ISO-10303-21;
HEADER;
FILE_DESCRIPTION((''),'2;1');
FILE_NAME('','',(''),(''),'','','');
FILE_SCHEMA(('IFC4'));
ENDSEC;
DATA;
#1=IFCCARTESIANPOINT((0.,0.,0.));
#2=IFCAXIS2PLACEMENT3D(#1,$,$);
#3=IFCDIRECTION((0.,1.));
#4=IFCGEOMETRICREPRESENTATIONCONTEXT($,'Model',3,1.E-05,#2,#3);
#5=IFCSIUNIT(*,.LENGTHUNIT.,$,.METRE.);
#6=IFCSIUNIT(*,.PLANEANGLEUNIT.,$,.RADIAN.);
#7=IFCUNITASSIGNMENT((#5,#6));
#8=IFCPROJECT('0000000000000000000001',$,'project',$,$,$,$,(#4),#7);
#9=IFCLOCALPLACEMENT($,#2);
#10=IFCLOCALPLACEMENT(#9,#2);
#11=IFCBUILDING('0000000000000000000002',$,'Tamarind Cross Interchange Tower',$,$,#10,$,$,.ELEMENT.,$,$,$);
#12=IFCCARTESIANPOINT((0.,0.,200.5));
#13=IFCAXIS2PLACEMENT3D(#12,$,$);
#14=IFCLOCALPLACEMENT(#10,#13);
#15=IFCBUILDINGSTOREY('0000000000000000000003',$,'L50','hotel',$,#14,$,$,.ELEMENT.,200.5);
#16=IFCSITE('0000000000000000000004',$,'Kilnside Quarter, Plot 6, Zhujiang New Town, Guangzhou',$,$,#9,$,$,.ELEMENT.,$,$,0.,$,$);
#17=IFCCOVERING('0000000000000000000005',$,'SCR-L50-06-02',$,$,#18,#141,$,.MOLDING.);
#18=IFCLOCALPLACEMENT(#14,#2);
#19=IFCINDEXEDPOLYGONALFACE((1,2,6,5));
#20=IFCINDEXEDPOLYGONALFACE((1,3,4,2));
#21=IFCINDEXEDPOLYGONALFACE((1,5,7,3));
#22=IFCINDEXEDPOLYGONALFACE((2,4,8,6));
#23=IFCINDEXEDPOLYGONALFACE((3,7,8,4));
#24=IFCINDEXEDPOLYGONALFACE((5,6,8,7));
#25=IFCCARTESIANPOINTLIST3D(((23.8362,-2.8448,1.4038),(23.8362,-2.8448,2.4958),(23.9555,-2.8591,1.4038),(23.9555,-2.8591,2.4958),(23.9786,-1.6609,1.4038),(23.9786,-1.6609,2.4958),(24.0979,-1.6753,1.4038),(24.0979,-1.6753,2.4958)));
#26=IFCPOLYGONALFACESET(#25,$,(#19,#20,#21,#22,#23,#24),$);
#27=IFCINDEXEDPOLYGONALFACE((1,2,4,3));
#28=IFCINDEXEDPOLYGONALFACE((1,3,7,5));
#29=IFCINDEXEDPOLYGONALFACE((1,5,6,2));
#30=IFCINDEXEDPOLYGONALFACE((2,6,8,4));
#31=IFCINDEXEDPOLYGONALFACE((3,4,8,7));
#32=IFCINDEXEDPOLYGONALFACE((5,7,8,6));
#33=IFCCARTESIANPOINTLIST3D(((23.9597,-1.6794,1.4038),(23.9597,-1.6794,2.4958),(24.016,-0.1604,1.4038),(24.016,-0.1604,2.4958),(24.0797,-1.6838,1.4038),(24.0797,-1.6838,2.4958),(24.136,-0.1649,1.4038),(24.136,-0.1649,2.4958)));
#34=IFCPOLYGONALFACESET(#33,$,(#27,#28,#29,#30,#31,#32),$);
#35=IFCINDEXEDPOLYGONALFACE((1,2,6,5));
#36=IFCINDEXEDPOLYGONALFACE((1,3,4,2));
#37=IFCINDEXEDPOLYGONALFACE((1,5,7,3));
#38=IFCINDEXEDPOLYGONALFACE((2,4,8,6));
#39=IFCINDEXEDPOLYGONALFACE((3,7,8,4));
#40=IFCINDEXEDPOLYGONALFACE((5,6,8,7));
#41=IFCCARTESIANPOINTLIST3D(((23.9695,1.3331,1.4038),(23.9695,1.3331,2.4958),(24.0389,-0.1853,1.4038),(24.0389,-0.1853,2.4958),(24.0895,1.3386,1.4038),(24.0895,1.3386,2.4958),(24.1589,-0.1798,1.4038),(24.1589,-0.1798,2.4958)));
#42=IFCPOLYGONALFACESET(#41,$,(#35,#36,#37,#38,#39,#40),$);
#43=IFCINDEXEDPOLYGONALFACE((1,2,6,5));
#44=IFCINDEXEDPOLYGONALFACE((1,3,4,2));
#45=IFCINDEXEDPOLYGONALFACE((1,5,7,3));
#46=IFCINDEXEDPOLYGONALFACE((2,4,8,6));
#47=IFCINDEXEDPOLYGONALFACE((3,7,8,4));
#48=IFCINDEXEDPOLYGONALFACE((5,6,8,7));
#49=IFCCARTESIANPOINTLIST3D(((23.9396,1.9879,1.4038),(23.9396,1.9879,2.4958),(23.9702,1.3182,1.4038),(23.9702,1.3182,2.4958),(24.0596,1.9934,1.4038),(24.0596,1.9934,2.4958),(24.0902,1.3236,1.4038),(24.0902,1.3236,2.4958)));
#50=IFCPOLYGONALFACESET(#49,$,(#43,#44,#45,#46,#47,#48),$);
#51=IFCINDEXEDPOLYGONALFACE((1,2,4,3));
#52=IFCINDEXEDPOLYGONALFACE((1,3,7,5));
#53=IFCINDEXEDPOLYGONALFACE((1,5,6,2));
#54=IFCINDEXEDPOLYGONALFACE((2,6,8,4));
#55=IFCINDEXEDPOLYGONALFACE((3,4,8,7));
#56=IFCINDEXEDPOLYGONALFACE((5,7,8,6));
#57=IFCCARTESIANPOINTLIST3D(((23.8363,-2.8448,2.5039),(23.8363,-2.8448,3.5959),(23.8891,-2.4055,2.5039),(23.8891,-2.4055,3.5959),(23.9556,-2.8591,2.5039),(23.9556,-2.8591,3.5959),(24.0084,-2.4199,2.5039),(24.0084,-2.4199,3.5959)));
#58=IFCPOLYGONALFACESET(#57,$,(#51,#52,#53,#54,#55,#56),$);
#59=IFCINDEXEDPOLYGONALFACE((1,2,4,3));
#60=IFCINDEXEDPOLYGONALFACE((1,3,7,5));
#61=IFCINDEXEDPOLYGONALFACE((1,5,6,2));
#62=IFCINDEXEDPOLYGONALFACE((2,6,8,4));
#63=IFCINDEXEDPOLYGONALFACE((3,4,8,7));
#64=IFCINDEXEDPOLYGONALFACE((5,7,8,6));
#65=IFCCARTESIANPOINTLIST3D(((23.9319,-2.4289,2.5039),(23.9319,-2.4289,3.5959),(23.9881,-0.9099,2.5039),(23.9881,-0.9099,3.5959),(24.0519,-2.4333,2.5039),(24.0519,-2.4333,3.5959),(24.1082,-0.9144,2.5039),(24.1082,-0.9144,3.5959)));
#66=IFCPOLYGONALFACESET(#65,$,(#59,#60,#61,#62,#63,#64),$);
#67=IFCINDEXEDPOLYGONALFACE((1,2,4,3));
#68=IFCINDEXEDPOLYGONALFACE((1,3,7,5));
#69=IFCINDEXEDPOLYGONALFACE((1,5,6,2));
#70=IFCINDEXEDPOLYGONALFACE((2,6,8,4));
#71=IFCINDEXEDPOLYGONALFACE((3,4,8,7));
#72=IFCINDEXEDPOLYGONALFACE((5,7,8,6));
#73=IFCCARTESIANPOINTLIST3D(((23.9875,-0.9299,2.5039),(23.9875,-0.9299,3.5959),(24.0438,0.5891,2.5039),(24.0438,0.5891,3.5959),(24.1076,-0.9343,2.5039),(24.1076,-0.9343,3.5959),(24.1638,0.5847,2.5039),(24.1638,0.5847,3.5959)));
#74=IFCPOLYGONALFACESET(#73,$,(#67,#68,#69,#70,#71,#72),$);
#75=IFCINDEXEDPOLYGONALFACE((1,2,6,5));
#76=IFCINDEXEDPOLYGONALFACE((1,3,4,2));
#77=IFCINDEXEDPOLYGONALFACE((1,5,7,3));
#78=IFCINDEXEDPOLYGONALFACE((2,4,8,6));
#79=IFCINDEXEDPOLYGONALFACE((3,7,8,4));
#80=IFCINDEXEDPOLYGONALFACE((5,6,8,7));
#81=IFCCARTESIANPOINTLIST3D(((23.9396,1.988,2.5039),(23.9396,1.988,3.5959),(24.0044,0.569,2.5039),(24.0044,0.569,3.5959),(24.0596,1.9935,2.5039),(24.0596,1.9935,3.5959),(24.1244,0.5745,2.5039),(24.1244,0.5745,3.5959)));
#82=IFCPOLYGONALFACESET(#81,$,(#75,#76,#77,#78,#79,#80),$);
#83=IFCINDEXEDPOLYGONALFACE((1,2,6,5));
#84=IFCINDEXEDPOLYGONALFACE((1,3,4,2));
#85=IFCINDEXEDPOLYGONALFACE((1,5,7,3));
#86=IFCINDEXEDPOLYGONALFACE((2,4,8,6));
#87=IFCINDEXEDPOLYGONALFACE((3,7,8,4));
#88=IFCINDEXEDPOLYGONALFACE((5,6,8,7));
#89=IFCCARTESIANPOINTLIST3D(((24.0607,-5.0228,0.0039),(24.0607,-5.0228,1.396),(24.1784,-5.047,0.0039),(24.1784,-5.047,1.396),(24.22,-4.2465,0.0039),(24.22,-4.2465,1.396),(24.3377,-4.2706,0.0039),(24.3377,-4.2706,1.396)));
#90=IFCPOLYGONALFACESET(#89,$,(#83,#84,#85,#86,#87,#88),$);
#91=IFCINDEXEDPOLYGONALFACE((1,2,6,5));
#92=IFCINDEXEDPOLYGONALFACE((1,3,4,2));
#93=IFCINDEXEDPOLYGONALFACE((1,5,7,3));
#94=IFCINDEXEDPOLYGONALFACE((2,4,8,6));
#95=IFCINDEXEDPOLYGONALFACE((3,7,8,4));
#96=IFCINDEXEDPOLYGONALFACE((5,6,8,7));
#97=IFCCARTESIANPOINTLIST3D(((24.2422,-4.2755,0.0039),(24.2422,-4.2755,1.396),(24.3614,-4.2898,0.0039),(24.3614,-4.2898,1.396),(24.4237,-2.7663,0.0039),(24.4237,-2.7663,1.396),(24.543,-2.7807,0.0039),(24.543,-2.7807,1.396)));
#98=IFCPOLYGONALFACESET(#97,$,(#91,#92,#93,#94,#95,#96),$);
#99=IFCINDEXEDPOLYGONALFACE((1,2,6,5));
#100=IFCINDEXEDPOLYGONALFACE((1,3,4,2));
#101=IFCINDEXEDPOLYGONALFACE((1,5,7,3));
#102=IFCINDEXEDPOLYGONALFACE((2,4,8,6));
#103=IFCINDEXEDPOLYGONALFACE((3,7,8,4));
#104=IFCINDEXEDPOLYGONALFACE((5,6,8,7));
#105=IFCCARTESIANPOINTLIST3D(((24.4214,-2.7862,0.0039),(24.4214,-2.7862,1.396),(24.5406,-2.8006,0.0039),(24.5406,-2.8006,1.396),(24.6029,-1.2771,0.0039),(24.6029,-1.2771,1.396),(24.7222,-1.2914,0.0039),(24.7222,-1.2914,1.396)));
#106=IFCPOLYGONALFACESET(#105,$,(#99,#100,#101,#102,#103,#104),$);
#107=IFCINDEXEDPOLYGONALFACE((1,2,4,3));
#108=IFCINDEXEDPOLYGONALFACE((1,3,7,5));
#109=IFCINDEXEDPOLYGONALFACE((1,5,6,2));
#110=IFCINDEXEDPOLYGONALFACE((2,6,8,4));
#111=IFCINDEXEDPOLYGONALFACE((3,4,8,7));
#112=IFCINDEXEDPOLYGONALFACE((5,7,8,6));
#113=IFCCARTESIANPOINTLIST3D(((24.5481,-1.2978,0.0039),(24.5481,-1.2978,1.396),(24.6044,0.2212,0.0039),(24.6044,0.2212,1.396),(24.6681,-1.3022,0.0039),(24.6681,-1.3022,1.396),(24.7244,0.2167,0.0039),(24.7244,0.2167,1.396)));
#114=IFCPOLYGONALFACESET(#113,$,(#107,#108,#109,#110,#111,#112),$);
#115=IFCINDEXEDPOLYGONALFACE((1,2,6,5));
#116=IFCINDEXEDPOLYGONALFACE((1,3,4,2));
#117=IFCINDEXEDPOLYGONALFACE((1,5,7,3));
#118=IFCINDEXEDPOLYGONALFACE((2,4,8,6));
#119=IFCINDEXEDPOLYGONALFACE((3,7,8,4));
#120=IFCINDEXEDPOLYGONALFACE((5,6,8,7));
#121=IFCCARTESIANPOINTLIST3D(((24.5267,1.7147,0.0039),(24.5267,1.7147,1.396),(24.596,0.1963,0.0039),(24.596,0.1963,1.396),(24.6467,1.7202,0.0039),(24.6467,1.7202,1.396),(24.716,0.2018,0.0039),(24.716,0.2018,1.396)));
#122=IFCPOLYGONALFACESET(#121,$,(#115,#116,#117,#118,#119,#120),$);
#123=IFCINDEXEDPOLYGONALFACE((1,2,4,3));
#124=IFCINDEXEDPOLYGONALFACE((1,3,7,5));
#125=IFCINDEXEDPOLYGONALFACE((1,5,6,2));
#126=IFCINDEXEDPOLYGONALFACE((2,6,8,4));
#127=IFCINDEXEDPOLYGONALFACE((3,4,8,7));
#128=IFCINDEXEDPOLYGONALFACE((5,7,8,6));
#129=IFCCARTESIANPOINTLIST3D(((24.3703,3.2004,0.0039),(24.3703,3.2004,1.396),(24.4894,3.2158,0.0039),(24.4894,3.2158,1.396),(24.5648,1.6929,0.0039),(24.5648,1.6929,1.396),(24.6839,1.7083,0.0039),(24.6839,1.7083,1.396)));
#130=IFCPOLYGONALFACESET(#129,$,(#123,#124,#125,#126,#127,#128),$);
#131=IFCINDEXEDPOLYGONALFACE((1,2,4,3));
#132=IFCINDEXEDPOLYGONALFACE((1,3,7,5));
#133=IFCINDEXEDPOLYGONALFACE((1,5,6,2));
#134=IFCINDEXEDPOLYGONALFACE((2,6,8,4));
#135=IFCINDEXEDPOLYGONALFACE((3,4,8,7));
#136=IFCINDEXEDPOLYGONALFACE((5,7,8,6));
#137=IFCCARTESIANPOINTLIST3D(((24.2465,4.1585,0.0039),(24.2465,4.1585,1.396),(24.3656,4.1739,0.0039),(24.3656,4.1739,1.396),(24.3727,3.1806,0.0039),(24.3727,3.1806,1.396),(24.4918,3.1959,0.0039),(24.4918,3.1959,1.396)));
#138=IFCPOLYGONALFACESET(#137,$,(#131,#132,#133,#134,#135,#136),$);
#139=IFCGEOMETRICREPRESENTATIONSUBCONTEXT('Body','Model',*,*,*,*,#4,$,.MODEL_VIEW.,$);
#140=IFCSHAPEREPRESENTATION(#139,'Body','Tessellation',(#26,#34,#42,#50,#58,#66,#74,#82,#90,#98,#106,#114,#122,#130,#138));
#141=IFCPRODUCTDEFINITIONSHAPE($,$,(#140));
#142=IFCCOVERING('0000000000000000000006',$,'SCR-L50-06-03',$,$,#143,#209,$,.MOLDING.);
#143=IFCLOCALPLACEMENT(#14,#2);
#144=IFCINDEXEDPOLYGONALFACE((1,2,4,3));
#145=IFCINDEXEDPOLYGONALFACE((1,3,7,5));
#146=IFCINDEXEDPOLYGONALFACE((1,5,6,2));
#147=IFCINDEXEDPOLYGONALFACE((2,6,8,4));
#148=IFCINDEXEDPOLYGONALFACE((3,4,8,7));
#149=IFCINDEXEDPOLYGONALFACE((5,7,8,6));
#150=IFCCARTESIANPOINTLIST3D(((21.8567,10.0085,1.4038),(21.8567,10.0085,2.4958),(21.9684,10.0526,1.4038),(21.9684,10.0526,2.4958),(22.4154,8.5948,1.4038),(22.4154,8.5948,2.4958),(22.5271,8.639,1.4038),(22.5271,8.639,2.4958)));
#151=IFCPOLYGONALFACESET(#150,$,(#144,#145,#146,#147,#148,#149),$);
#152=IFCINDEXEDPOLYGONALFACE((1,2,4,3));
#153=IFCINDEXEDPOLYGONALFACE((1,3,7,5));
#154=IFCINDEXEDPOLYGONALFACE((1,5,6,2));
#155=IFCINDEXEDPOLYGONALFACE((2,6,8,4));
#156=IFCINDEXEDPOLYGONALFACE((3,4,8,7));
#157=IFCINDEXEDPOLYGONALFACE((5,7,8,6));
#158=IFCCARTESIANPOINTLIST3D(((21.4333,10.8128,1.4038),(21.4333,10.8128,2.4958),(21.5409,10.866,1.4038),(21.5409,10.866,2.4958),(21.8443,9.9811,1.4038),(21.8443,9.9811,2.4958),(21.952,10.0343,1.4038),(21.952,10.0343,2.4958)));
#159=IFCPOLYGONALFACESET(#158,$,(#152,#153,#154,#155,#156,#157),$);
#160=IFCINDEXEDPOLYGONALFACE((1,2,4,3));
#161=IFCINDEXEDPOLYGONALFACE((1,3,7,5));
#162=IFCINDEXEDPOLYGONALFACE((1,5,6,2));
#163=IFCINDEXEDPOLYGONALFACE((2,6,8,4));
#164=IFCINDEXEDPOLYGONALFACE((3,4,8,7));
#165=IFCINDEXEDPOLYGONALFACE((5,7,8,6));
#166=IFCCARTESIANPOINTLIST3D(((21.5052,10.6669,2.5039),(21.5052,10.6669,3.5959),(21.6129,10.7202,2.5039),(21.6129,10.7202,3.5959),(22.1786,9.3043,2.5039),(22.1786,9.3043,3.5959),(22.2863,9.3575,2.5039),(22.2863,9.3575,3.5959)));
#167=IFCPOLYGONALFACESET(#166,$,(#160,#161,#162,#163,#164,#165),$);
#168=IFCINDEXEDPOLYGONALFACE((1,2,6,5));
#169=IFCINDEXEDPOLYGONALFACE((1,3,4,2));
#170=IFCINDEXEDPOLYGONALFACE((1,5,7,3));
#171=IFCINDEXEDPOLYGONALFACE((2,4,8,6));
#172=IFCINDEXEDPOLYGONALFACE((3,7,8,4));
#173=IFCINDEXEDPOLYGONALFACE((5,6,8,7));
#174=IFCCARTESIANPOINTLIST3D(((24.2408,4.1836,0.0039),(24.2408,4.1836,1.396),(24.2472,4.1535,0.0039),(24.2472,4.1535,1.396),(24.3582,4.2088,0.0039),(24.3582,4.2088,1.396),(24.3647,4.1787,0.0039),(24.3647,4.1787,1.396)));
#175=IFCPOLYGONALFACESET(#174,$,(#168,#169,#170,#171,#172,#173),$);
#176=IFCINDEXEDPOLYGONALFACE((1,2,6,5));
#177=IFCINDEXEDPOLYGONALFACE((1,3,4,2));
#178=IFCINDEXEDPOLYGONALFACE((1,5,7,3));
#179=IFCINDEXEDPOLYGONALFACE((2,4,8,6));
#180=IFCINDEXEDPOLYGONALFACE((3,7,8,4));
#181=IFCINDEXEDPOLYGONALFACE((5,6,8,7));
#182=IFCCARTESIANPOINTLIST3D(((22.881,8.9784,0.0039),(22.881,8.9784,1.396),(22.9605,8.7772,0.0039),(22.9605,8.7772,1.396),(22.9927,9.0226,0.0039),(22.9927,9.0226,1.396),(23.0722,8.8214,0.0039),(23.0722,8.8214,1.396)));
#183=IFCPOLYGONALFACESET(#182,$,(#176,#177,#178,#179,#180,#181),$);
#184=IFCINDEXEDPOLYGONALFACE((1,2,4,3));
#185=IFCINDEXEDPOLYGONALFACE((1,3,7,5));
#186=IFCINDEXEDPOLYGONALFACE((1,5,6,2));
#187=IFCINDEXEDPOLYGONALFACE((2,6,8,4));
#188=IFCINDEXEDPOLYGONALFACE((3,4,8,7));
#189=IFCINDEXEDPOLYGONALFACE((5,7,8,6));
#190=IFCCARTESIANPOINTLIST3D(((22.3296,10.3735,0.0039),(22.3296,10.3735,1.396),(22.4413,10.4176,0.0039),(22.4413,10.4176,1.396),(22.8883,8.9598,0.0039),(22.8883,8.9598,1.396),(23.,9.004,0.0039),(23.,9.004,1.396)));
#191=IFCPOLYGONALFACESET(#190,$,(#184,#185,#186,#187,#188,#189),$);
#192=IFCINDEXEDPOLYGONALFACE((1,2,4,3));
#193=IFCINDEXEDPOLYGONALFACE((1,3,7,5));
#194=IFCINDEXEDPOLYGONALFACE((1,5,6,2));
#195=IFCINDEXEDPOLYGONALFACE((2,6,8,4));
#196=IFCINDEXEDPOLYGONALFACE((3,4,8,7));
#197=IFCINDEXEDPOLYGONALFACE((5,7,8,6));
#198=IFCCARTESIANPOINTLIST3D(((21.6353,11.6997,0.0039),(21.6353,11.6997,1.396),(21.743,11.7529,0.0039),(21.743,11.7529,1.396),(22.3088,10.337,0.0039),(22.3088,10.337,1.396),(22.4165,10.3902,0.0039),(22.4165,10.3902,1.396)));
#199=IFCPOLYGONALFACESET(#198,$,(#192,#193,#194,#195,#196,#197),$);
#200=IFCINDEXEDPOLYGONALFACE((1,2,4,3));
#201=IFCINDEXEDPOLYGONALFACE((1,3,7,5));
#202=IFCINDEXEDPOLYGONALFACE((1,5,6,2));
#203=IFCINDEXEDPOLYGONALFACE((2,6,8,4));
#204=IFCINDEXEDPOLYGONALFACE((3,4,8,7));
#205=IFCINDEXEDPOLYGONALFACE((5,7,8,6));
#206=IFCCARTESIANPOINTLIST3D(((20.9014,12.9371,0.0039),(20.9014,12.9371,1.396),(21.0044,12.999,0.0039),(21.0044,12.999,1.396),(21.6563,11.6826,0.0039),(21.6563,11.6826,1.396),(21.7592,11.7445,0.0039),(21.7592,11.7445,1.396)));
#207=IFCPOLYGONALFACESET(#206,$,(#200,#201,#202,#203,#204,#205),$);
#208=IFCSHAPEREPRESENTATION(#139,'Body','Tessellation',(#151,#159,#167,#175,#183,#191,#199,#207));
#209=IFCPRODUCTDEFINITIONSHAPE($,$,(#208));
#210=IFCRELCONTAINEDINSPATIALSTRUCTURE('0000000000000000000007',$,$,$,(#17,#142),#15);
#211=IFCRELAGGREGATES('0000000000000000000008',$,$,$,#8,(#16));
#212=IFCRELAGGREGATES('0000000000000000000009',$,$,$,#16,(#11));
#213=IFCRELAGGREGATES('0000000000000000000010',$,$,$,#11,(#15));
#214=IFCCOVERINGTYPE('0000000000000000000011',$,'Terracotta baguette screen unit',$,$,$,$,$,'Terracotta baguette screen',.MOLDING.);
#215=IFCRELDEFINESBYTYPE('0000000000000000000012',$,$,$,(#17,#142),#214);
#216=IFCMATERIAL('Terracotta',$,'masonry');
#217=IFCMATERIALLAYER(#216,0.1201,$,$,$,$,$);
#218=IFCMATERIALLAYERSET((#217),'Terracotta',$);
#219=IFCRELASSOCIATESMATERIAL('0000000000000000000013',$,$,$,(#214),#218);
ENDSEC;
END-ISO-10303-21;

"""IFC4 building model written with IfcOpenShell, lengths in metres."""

from ifc_helpers import new_model, si_unit, direction, frame, origin, origin_2d, place, context, subcontext, project, spatial, rectangle, extrude, material, layer, layer_set, type_object, element, save


model = new_model("IFC4")

# Units and contexts
model_context = context("Model", 3, precision=1e-05, world=origin(), true_north=direction((0.0, 1.0)))
body_context = subcontext(model_context, "Body", "Model", "MODEL_VIEW")
ifc_project = project(units=[si_unit("LENGTHUNIT", "METRE"), si_unit("PLANEANGLEUNIT", "RADIAN")], contexts=[model_context])

# Site, building, storey
site_placement = place(None, origin())
site = spatial("IfcSite", under=ifc_project, at=site_placement, Name="Kilnside Quarter, Plot 6, Zhujiang New Town, Guangzhou", CompositionType="ELEMENT", RefElevation=0.0)
building_placement = place(site_placement, origin())
building = spatial("IfcBuilding", under=site, at=building_placement, Name="Tamarind Cross Interchange Tower", CompositionType="ELEMENT")
storey_placement = place(building_placement, frame((0.0, 0.0, 200.5)))
storey = spatial("IfcBuildingStorey", under=building, at=storey_placement, Name="L50", Description="hotel", CompositionType="ELEMENT", Elevation=200.5)

# Coverings
ifc_material_1 = material(Name="Terracotta", Category="masonry")
ifc_layer_1 = layer(ifc_material_1, 0.1201)
ifc_layer_set_1 = layer_set([ifc_layer_1], Name="Terracotta")
covering_type = type_object("IfcCoveringType", Name="Terracotta baguette screen unit", ElementType="Terracotta baguette screen", PredefinedType="MOLDING", material=ifc_layer_set_1)
covering_1_placement = place(storey_placement, origin())
element("IfcCovering", 1, at=covering_1_placement, inside=storey, type_object=covering_type, Name="SCR-L50-06-02", PredefinedType="MOLDING", context=body_context, shape_type="SweptSolid", body=[
    extrude(rectangle(XDim=1.1924, YDim=0.1201, at=origin_2d()), frame((23.967, -2.26, 1.4038), z_axis=(0.0, 0.0, 1.0), x_axis=(0.119421, 0.992844, 0.0)), (0.0, 0.0, 1.0), 1.092),
    extrude(rectangle(XDim=1.52, YDim=0.1201, at=origin_2d()), frame((24.0479, -0.9221, 1.4038), z_axis=(0.0, 0.0, 1.0), x_axis=(0.037025, 0.999314, 0.0)), (0.0, 0.0, 1.0), 1.092),
    extrude(rectangle(XDim=1.52, YDim=0.1201, at=origin_2d()), frame((24.0642, 0.5767, 1.4038), z_axis=(0.0, 0.0, 1.0), x_axis=(-0.045624, 0.998959, 0.0)), (0.0, 0.0, 1.0), 1.092),
    extrude(rectangle(XDim=0.6704, YDim=0.1201, at=origin_2d()), frame((24.0149, 1.6558, 1.4038), z_axis=(0.0, 0.0, 1.0), x_axis=(-0.045624, 0.998959, 0.0)), (0.0, 0.0, 1.0), 1.092),
    extrude(rectangle(XDim=0.4424, YDim=0.1201, at=origin_2d()), frame((23.9224, -2.6323, 2.5039), z_axis=(0.0, 0.0, 1.0), x_axis=(0.119421, 0.992844, 0.0)), (0.0, 0.0, 1.0), 1.092),
    extrude(rectangle(XDim=1.52, YDim=0.1201, at=origin_2d()), frame((24.02, -1.6716, 2.5039), z_axis=(0.0, 0.0, 1.0), x_axis=(0.037025, 0.999314, 0.0)), (0.0, 0.0, 1.0), 1.092),
    extrude(rectangle(XDim=1.52, YDim=0.1201, at=origin_2d()), frame((24.0757, -0.1726, 2.5039), z_axis=(0.0, 0.0, 1.0), x_axis=(0.037025, 0.999314, 0.0)), (0.0, 0.0, 1.0), 1.092),
    extrude(rectangle(XDim=1.4204, YDim=0.1201, at=origin_2d()), frame((24.032, 1.2812, 2.5039), z_axis=(0.0, 0.0, 1.0), x_axis=(-0.045624, 0.998959, 0.0)), (0.0, 0.0, 1.0), 1.092),
    extrude(rectangle(XDim=0.7925, YDim=0.1201, at=origin_2d()), frame((24.1992, -4.6467, 0.0039), z_axis=(0.0, 0.0, 1.0), x_axis=(0.201001, 0.979591, 0.0)), (0.0, 0.0, 1.0), 1.3921),
    extrude(rectangle(XDim=1.52, YDim=0.1201, at=origin_2d()), frame((24.3926, -3.5281, 0.0039), z_axis=(0.0, 0.0, 1.0), x_axis=(0.119421, 0.992844, 0.0)), (0.0, 0.0, 1.0), 1.3921),
    extrude(rectangle(XDim=1.52, YDim=0.1201, at=origin_2d()), frame((24.5718, -2.0388, 0.0039), z_axis=(0.0, 0.0, 1.0), x_axis=(0.119421, 0.992844, 0.0)), (0.0, 0.0, 1.0), 1.3921),
    extrude(rectangle(XDim=1.52, YDim=0.1201, at=origin_2d()), frame((24.6362, -0.5405, 0.0039), z_axis=(0.0, 0.0, 1.0), x_axis=(0.037025, 0.999314, 0.0)), (0.0, 0.0, 1.0), 1.3921),
    extrude(rectangle(XDim=1.52, YDim=0.1201, at=origin_2d()), frame((24.6213, 0.9583, 0.0039), z_axis=(0.0, 0.0, 1.0), x_axis=(-0.045624, 0.998959, 0.0)), (0.0, 0.0, 1.0), 1.3921),
    extrude(rectangle(XDim=1.52, YDim=0.1201, at=origin_2d()), frame((24.5271, 2.4543, 0.0039), z_axis=(0.0, 0.0, 1.0), x_axis=(-0.127962, 0.991779, 0.0)), (0.0, 0.0, 1.0), 1.3921),
    extrude(rectangle(XDim=0.9861, YDim=0.1201, at=origin_2d()), frame((24.3691, 3.6772, 0.0039), z_axis=(0.0, 0.0, 1.0), x_axis=(-0.127962, 0.991779, 0.0)), (0.0, 0.0, 1.0), 1.3921),
])
covering_2_placement = place(storey_placement, origin())
element("IfcCovering", 2, at=covering_2_placement, inside=storey, type_object=covering_type, Name="SCR-L50-06-03", PredefinedType="MOLDING", context=body_context, shape_type="SweptSolid", body=[
    extrude(rectangle(XDim=1.52, YDim=0.1201, at=origin_2d()), frame((22.1919, 9.3237, 1.4038), z_axis=(0.0, 0.0, 1.0), x_axis=(-0.367514, 0.930018, 0.0)), (0.0, 0.0, 1.0), 1.092),
    extrude(rectangle(XDim=0.9277, YDim=0.1201, at=origin_2d()), frame((21.6926, 10.4236, 1.4038), z_axis=(0.0, 0.0, 1.0), x_axis=(-0.443059, 0.896493, 0.0)), (0.0, 0.0, 1.0), 1.092),
    extrude(rectangle(XDim=1.52, YDim=0.1201, at=origin_2d()), frame((21.8958, 10.0122, 2.5039), z_axis=(0.0, 0.0, 1.0), x_axis=(-0.443059, 0.896493, 0.0)), (0.0, 0.0, 1.0), 1.092),
    extrude(rectangle(XDim=0.0308, YDim=0.1201, at=origin_2d()), frame((24.3027, 4.1812, 0.0039), z_axis=(0.0, 0.0, 1.0), x_axis=(-0.209425, 0.977825, 0.0)), (0.0, 0.0, 1.0), 1.3921),
    extrude(rectangle(XDim=0.2163, YDim=0.1201, at=origin_2d()), frame((22.9766, 8.8999, 0.0039), z_axis=(0.0, 0.0, 1.0), x_axis=(-0.367514, 0.930018, 0.0)), (0.0, 0.0, 1.0), 1.3921),
    extrude(rectangle(XDim=1.52, YDim=0.1201, at=origin_2d()), frame((22.6648, 9.6887, 0.0039), z_axis=(0.0, 0.0, 1.0), x_axis=(-0.367514, 0.930018, 0.0)), (0.0, 0.0, 1.0), 1.3921),
    extrude(rectangle(XDim=1.52, YDim=0.1201, at=origin_2d()), frame((22.0259, 11.0449, 0.0039), z_axis=(0.0, 0.0, 1.0), x_axis=(-0.443059, 0.896493, 0.0)), (0.0, 0.0, 1.0), 1.3921),
    extrude(rectangle(XDim=1.4641, YDim=0.1201, at=origin_2d()), frame((21.3303, 12.3408, 0.0039), z_axis=(0.0, 0.0, 1.0), x_axis=(-0.515577, 0.856843, 0.0)), (0.0, 0.0, 1.0), 1.3921),
])

save(model, "model.ifc")
